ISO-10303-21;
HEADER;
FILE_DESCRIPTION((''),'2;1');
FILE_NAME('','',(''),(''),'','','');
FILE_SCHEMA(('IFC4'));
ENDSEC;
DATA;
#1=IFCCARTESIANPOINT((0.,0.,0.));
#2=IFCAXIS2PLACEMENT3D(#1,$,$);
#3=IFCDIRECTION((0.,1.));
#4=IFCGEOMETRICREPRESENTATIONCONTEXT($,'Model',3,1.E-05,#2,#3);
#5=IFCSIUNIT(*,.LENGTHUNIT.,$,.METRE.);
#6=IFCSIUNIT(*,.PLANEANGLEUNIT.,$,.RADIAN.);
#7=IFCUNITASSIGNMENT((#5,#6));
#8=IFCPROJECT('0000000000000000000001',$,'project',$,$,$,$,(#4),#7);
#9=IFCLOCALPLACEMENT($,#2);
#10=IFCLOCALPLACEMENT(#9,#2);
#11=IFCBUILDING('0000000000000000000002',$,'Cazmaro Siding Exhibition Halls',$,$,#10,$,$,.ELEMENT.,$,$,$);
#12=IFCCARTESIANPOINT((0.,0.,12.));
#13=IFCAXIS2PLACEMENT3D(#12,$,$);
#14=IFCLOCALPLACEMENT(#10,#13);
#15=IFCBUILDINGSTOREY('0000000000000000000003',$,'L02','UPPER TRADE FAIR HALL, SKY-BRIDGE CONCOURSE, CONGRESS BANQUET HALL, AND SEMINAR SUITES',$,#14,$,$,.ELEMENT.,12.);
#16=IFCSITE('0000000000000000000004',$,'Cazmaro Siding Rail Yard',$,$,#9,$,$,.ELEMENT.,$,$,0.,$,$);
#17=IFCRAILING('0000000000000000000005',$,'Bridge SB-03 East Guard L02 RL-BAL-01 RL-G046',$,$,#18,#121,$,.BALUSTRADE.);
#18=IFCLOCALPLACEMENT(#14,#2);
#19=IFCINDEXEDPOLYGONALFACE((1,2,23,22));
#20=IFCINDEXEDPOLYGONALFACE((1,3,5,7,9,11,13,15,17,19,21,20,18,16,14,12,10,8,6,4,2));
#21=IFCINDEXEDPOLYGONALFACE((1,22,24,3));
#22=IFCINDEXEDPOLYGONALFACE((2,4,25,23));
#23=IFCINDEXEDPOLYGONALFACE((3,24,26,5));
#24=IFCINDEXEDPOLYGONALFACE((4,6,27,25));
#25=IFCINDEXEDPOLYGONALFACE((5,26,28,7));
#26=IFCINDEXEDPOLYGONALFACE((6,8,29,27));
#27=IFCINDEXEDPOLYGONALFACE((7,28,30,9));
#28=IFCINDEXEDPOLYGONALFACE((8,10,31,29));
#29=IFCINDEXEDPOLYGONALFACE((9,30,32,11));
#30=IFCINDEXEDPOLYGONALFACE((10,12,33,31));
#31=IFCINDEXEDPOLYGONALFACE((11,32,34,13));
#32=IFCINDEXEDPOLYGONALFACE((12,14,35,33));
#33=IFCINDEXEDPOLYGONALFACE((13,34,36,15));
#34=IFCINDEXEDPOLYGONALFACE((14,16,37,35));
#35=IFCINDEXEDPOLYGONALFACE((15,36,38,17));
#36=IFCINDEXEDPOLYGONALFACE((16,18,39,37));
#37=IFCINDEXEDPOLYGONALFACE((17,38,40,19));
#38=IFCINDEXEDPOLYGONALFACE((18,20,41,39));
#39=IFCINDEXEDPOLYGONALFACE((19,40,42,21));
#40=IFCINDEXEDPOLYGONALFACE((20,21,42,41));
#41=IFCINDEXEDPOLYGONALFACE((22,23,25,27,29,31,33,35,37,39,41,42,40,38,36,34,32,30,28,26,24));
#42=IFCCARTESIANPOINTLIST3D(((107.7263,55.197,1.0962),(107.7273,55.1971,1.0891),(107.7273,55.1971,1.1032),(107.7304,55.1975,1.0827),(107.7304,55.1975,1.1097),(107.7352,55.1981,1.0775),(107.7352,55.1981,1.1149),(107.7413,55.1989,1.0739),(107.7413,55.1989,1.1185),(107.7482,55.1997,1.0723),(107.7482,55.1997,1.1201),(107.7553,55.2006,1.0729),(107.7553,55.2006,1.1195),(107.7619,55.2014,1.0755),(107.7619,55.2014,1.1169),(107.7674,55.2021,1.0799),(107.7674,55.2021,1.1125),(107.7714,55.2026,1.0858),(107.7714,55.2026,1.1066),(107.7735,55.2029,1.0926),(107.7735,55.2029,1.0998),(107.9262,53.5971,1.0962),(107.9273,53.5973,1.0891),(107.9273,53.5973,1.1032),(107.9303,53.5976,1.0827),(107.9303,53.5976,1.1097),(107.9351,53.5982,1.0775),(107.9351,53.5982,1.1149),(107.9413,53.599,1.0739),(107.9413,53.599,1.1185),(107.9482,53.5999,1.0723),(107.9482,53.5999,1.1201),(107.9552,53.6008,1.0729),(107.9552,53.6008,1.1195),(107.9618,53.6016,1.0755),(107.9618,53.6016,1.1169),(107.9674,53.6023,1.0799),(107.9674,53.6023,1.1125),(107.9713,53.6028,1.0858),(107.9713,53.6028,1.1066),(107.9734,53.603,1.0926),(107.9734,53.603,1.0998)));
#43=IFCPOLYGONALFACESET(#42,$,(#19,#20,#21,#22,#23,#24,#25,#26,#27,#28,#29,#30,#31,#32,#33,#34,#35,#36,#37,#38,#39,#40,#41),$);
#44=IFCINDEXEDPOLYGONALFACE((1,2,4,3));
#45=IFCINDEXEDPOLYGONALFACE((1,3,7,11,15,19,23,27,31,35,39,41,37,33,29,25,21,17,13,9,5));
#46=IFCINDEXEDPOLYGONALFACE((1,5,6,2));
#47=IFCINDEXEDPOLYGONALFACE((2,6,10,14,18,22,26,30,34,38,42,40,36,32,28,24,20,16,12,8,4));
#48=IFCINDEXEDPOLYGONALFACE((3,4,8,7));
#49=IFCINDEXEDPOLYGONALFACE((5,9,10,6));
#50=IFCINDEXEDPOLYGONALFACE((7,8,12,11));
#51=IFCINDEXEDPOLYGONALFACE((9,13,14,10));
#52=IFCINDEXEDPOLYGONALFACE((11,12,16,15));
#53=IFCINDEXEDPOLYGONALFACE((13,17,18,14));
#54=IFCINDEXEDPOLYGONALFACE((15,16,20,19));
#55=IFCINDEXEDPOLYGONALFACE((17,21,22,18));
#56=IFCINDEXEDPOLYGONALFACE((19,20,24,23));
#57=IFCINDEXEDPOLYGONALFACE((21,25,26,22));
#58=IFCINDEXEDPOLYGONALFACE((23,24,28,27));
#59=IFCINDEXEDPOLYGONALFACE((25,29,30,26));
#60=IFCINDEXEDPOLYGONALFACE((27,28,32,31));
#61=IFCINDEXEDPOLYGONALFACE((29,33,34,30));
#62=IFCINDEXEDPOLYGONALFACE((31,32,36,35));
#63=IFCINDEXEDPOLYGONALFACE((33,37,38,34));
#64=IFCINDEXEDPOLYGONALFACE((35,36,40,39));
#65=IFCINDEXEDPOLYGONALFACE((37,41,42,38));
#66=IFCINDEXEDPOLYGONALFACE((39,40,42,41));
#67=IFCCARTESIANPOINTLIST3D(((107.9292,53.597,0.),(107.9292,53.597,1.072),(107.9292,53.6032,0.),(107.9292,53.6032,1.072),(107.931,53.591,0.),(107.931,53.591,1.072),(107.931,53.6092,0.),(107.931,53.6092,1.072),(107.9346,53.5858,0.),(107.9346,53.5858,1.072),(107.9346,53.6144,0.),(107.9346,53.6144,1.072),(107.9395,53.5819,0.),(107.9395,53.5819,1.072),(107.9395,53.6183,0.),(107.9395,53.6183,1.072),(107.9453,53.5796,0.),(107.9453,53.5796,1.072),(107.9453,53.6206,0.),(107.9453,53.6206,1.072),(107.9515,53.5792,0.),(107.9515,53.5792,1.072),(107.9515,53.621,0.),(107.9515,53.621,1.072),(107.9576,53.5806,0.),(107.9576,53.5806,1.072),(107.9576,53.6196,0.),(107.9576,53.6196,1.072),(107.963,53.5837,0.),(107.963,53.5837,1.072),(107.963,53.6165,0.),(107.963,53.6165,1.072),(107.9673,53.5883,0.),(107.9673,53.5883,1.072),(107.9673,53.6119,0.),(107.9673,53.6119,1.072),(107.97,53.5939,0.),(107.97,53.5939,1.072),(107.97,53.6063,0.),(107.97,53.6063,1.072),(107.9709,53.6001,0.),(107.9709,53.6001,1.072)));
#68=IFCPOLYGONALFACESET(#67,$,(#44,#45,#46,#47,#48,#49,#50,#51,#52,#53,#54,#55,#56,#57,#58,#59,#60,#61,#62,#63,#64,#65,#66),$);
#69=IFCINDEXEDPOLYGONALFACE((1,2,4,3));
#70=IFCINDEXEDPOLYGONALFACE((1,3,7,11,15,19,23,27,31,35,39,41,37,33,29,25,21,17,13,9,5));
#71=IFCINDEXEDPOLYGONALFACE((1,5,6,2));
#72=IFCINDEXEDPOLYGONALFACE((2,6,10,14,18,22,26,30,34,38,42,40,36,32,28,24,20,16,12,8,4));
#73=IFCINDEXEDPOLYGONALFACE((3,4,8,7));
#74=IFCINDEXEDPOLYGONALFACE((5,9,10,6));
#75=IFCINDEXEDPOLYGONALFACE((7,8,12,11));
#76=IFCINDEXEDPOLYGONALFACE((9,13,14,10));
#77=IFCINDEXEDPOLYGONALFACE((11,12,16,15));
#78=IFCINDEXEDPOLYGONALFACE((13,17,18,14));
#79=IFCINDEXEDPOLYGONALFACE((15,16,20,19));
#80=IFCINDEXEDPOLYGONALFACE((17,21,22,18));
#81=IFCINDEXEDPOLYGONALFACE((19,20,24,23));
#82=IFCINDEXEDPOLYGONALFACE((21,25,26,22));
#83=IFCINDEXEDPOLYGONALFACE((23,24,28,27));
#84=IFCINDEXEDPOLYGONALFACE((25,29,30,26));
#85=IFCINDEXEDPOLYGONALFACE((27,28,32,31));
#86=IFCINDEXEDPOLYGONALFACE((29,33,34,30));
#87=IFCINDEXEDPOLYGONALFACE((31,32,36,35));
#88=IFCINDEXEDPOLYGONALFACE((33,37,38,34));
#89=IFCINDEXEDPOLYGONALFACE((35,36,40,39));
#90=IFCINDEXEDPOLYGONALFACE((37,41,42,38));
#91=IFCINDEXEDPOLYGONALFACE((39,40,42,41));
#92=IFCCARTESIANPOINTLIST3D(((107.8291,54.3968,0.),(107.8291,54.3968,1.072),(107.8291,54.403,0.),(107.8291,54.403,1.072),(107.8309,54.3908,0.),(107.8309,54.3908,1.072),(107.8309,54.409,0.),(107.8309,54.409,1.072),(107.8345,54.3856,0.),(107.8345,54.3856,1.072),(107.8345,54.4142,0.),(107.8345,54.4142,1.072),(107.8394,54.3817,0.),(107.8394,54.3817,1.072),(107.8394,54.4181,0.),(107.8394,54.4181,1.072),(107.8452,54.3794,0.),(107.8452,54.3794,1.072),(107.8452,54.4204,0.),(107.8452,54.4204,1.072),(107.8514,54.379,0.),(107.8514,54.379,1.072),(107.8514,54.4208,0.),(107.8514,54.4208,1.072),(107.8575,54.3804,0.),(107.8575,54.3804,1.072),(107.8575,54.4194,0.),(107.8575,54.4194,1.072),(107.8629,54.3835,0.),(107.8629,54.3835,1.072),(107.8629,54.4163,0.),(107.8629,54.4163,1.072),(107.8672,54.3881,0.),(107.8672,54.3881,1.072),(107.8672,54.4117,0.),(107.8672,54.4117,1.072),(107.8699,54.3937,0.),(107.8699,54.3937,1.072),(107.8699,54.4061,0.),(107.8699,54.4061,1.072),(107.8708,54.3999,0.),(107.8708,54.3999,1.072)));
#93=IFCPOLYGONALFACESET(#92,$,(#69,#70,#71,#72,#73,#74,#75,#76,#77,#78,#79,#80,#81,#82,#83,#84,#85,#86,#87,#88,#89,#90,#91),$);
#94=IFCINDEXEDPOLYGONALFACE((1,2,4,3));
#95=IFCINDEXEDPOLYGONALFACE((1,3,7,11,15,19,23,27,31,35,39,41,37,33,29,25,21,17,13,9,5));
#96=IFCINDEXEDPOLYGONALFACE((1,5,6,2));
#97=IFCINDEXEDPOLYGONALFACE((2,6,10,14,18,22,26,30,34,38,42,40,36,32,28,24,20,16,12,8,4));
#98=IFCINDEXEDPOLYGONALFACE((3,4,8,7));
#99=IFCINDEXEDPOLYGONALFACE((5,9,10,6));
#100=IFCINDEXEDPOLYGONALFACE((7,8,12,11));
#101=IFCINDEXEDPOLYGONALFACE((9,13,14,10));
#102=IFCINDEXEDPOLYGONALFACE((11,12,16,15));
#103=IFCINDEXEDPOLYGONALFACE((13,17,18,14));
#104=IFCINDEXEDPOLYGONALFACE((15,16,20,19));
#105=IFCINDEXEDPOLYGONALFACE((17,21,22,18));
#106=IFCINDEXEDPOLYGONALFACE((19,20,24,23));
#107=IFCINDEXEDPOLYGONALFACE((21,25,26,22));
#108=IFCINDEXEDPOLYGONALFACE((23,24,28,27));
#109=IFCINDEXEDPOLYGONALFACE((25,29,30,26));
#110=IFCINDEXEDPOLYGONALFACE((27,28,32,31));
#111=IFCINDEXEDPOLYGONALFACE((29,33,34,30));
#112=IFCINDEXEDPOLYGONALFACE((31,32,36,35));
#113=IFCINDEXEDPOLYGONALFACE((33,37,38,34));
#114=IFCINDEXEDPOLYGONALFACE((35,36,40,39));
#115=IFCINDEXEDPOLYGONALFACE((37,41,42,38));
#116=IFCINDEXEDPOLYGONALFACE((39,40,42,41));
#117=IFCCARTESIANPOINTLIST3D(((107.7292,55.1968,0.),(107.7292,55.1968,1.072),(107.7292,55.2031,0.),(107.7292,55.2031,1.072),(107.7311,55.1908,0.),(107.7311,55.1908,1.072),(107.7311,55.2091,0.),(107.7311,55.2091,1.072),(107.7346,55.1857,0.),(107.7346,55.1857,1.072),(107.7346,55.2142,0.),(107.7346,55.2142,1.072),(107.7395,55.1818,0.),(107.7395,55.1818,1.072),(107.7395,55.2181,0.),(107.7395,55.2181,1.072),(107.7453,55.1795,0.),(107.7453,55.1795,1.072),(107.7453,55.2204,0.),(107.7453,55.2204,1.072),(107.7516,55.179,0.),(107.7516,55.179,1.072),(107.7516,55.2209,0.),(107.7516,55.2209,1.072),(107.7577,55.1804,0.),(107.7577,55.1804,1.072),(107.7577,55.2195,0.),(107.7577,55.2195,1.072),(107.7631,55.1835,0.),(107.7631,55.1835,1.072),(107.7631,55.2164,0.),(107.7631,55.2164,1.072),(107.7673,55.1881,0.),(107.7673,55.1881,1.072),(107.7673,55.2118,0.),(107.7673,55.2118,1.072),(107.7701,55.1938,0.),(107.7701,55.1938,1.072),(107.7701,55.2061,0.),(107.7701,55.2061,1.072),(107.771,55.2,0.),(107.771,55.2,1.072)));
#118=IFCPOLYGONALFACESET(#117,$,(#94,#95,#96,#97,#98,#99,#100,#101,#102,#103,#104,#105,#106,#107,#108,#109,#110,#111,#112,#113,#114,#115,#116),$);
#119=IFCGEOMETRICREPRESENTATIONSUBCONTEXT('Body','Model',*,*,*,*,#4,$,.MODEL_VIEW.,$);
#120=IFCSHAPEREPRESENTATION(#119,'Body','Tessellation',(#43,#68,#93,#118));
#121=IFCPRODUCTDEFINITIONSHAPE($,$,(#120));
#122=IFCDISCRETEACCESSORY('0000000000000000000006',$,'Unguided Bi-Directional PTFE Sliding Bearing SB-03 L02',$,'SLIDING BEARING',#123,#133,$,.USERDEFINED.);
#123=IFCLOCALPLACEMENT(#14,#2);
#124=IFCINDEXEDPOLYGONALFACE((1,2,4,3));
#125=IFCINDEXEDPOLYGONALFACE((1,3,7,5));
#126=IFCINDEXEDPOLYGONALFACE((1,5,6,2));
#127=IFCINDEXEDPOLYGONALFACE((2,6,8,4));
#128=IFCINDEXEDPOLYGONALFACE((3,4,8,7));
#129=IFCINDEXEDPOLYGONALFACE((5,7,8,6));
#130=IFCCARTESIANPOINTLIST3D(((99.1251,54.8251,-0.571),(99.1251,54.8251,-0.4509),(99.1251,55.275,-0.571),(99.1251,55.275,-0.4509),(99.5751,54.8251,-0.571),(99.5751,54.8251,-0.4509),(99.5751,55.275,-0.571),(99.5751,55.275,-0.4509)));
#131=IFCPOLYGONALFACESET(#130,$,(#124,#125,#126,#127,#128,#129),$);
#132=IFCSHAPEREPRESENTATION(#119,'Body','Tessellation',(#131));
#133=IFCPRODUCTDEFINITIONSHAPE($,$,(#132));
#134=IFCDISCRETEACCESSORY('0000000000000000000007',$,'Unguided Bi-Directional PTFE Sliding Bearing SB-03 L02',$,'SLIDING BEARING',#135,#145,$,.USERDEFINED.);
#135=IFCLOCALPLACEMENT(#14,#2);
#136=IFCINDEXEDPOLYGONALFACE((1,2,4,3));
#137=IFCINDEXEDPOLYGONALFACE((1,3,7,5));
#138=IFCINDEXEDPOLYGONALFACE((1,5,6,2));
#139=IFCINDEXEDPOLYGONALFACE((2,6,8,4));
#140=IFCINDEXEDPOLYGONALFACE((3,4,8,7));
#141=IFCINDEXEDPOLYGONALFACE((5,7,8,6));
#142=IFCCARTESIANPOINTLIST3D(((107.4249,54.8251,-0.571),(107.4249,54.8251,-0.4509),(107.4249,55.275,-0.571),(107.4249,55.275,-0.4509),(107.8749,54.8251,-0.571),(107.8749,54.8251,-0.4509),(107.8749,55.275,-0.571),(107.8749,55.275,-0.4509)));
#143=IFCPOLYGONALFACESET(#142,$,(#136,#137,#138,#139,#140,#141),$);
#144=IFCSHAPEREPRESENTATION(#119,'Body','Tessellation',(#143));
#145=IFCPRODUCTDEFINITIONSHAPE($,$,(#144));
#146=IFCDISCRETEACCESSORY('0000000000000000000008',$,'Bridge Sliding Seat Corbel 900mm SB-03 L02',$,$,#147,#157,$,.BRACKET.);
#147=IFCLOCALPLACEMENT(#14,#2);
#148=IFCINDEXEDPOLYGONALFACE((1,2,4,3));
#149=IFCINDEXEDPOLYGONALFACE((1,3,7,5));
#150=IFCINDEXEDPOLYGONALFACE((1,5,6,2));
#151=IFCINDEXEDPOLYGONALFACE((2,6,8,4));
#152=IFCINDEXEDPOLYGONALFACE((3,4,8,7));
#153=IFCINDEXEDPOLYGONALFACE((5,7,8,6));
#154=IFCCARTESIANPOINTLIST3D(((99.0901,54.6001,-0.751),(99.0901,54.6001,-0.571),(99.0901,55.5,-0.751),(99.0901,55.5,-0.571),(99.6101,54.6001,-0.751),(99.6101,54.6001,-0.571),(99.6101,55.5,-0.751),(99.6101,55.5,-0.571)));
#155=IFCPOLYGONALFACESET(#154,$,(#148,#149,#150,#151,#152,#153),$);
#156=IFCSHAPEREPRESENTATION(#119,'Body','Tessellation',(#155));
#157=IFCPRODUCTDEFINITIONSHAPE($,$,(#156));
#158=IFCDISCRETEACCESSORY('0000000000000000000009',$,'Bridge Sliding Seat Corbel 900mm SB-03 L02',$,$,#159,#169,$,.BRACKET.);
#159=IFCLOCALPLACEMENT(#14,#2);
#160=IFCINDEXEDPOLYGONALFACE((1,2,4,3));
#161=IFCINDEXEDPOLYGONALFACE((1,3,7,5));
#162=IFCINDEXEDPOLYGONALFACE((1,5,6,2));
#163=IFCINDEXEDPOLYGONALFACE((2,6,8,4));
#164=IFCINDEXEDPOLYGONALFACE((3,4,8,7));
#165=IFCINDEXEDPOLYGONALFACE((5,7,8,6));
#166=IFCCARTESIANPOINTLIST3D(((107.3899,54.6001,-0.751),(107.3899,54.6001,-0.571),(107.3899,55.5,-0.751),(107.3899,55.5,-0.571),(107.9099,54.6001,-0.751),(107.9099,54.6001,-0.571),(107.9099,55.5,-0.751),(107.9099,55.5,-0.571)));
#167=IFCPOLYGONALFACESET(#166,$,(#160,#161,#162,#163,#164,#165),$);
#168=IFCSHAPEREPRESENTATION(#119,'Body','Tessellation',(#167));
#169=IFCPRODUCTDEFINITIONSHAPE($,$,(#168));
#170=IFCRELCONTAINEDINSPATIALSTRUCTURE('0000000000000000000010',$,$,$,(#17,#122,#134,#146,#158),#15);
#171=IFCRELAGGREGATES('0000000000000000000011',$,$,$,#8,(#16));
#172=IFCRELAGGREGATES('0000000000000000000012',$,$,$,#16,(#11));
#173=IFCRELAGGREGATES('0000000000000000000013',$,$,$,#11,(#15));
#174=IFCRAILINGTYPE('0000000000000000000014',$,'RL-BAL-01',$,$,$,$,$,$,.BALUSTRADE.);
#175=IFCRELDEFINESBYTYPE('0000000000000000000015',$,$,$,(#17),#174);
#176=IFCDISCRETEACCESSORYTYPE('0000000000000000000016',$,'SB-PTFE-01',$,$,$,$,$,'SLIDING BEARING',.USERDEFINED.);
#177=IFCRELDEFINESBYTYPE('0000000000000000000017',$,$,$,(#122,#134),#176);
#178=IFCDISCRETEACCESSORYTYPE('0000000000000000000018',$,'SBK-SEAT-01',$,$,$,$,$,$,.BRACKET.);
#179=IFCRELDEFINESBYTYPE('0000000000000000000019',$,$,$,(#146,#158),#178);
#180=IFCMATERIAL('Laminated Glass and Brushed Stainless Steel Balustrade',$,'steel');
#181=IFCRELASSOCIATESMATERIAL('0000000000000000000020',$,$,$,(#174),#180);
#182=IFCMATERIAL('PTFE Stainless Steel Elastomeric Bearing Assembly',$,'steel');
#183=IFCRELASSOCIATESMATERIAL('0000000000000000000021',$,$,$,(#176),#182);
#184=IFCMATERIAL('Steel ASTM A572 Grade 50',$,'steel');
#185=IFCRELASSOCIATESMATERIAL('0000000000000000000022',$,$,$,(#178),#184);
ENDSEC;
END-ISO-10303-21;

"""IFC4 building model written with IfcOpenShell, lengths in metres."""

from ifc_helpers import new_model, si_unit, direction, frame, origin, origin_2d, place, context, subcontext, project, spatial, rectangle, circle, extrude, material, type_object, element, save


model = new_model("IFC4")

# Units and contexts
model_context = context("Model", 3, precision=1e-05, world=origin(), true_north=direction((0.0, 1.0)))
body_context = subcontext(model_context, "Body", "Model", "MODEL_VIEW")
ifc_project = project(units=[si_unit("LENGTHUNIT", "METRE"), si_unit("PLANEANGLEUNIT", "RADIAN")], contexts=[model_context])

# Site, building, storey
site_placement = place(None, origin())
site = spatial("IfcSite", under=ifc_project, at=site_placement, Name="Cazmaro Siding Rail Yard", CompositionType="ELEMENT", RefElevation=0.0)
building_placement = place(site_placement, origin())
building = spatial("IfcBuilding", under=site, at=building_placement, Name="Cazmaro Siding Exhibition Halls", CompositionType="ELEMENT")
storey_placement = place(building_placement, frame((0.0, 0.0, 12.0)))
storey = spatial("IfcBuildingStorey", under=building, at=storey_placement, Name="L02", Description="UPPER TRADE FAIR HALL, SKY-BRIDGE CONCOURSE, CONGRESS BANQUET HALL, AND SEMINAR SUITES", CompositionType="ELEMENT", Elevation=12.0)

# Railing
ifc_material_1 = material(Name="Laminated Glass and Brushed Stainless Steel Balustrade", Category="steel")
railing_type = type_object("IfcRailingType", Name="RL-BAL-01", PredefinedType="BALUSTRADE", material=ifc_material_1)
railing_1_placement = place(storey_placement, frame((107.95, 53.6001, 0.0)))
element("IfcRailing", 1, at=railing_1_placement, inside=storey, type_object=railing_type, Name="Bridge SB-03 East Guard L02 RL-BAL-01 RL-G046", PredefinedType="BALUSTRADE", context=body_context, shape_type="SweptSolid", body=[
    extrude(circle(Radius=0.0239, at=origin_2d()), frame((0.0, 0.0, 1.0962), z_axis=(-0.124016, 0.99228, 0.0), x_axis=(-0.99228, -0.124016, 0.0)), (0.0, 0.0, 1.0), 1.6123),
    extrude(circle(Radius=0.021, at=origin_2d()), origin(), (0.0, 0.0, 1.0), 1.072),
    extrude(circle(Radius=0.021, at=origin_2d()), frame((-0.1001, 0.7998, 0.0)), (0.0, 0.0, 1.0), 1.072),
    extrude(circle(Radius=0.021, at=origin_2d()), frame((-0.2, 1.5999, 0.0)), (0.0, 0.0, 1.0), 1.072),
])

# Discrete accessories
ifc_material_2 = material(Name="PTFE Stainless Steel Elastomeric Bearing Assembly", Category="steel")
discrete_accessory_type_1 = type_object("IfcDiscreteAccessoryType", Name="SB-PTFE-01", ElementType="SLIDING BEARING", PredefinedType="USERDEFINED", material=ifc_material_2)
for number, where, z_axis, x_axis, name in (
    (2, (99.3501, 55.05, -0.571), (0.0, 0.0, 1.0), (1.0, 0.0, 0.0), "Unguided Bi-Directional PTFE Sliding Bearing SB-03 L02"),
    (3, (107.6499, 55.05, -0.571), (0.0, 0.0, 1.0), (1.0, 0.0, 0.0), "Unguided Bi-Directional PTFE Sliding Bearing SB-03 L02"),
):
    element("IfcDiscreteAccessory", number, at=place(storey_placement, frame(where, z_axis=z_axis, x_axis=x_axis)), inside=storey, type_object=discrete_accessory_type_1, Name=name, ObjectType="SLIDING BEARING", PredefinedType="USERDEFINED", context=body_context, shape_type="SweptSolid", body=[
        extrude(rectangle(XDim=0.45, YDim=0.45, at=origin_2d()), origin(), (0.0, 0.0, 1.0), 0.1201),
    ])
ifc_material_3 = material(Name="Steel ASTM A572 Grade 50", Category="steel")
discrete_accessory_type_2 = type_object("IfcDiscreteAccessoryType", Name="SBK-SEAT-01", PredefinedType="BRACKET", material=ifc_material_3)
for number, where, z_axis, x_axis, name in (
    (4, (99.3501, 55.05, -0.751), (0.0, 0.0, 1.0), (1.0, 0.0, 0.0), "Bridge Sliding Seat Corbel 900mm SB-03 L02"),
    (5, (107.6499, 55.05, -0.751), (0.0, 0.0, 1.0), (1.0, 0.0, 0.0), "Bridge Sliding Seat Corbel 900mm SB-03 L02"),
):
    element("IfcDiscreteAccessory", number, at=place(storey_placement, frame(where, z_axis=z_axis, x_axis=x_axis)), inside=storey, type_object=discrete_accessory_type_2, Name=name, PredefinedType="BRACKET", context=body_context, shape_type="SweptSolid", body=[
        extrude(rectangle(XDim=0.52, YDim=0.8999, at=origin_2d()), origin(), (0.0, 0.0, 1.0), 0.1799),
    ])

save(model, "model.ifc")
